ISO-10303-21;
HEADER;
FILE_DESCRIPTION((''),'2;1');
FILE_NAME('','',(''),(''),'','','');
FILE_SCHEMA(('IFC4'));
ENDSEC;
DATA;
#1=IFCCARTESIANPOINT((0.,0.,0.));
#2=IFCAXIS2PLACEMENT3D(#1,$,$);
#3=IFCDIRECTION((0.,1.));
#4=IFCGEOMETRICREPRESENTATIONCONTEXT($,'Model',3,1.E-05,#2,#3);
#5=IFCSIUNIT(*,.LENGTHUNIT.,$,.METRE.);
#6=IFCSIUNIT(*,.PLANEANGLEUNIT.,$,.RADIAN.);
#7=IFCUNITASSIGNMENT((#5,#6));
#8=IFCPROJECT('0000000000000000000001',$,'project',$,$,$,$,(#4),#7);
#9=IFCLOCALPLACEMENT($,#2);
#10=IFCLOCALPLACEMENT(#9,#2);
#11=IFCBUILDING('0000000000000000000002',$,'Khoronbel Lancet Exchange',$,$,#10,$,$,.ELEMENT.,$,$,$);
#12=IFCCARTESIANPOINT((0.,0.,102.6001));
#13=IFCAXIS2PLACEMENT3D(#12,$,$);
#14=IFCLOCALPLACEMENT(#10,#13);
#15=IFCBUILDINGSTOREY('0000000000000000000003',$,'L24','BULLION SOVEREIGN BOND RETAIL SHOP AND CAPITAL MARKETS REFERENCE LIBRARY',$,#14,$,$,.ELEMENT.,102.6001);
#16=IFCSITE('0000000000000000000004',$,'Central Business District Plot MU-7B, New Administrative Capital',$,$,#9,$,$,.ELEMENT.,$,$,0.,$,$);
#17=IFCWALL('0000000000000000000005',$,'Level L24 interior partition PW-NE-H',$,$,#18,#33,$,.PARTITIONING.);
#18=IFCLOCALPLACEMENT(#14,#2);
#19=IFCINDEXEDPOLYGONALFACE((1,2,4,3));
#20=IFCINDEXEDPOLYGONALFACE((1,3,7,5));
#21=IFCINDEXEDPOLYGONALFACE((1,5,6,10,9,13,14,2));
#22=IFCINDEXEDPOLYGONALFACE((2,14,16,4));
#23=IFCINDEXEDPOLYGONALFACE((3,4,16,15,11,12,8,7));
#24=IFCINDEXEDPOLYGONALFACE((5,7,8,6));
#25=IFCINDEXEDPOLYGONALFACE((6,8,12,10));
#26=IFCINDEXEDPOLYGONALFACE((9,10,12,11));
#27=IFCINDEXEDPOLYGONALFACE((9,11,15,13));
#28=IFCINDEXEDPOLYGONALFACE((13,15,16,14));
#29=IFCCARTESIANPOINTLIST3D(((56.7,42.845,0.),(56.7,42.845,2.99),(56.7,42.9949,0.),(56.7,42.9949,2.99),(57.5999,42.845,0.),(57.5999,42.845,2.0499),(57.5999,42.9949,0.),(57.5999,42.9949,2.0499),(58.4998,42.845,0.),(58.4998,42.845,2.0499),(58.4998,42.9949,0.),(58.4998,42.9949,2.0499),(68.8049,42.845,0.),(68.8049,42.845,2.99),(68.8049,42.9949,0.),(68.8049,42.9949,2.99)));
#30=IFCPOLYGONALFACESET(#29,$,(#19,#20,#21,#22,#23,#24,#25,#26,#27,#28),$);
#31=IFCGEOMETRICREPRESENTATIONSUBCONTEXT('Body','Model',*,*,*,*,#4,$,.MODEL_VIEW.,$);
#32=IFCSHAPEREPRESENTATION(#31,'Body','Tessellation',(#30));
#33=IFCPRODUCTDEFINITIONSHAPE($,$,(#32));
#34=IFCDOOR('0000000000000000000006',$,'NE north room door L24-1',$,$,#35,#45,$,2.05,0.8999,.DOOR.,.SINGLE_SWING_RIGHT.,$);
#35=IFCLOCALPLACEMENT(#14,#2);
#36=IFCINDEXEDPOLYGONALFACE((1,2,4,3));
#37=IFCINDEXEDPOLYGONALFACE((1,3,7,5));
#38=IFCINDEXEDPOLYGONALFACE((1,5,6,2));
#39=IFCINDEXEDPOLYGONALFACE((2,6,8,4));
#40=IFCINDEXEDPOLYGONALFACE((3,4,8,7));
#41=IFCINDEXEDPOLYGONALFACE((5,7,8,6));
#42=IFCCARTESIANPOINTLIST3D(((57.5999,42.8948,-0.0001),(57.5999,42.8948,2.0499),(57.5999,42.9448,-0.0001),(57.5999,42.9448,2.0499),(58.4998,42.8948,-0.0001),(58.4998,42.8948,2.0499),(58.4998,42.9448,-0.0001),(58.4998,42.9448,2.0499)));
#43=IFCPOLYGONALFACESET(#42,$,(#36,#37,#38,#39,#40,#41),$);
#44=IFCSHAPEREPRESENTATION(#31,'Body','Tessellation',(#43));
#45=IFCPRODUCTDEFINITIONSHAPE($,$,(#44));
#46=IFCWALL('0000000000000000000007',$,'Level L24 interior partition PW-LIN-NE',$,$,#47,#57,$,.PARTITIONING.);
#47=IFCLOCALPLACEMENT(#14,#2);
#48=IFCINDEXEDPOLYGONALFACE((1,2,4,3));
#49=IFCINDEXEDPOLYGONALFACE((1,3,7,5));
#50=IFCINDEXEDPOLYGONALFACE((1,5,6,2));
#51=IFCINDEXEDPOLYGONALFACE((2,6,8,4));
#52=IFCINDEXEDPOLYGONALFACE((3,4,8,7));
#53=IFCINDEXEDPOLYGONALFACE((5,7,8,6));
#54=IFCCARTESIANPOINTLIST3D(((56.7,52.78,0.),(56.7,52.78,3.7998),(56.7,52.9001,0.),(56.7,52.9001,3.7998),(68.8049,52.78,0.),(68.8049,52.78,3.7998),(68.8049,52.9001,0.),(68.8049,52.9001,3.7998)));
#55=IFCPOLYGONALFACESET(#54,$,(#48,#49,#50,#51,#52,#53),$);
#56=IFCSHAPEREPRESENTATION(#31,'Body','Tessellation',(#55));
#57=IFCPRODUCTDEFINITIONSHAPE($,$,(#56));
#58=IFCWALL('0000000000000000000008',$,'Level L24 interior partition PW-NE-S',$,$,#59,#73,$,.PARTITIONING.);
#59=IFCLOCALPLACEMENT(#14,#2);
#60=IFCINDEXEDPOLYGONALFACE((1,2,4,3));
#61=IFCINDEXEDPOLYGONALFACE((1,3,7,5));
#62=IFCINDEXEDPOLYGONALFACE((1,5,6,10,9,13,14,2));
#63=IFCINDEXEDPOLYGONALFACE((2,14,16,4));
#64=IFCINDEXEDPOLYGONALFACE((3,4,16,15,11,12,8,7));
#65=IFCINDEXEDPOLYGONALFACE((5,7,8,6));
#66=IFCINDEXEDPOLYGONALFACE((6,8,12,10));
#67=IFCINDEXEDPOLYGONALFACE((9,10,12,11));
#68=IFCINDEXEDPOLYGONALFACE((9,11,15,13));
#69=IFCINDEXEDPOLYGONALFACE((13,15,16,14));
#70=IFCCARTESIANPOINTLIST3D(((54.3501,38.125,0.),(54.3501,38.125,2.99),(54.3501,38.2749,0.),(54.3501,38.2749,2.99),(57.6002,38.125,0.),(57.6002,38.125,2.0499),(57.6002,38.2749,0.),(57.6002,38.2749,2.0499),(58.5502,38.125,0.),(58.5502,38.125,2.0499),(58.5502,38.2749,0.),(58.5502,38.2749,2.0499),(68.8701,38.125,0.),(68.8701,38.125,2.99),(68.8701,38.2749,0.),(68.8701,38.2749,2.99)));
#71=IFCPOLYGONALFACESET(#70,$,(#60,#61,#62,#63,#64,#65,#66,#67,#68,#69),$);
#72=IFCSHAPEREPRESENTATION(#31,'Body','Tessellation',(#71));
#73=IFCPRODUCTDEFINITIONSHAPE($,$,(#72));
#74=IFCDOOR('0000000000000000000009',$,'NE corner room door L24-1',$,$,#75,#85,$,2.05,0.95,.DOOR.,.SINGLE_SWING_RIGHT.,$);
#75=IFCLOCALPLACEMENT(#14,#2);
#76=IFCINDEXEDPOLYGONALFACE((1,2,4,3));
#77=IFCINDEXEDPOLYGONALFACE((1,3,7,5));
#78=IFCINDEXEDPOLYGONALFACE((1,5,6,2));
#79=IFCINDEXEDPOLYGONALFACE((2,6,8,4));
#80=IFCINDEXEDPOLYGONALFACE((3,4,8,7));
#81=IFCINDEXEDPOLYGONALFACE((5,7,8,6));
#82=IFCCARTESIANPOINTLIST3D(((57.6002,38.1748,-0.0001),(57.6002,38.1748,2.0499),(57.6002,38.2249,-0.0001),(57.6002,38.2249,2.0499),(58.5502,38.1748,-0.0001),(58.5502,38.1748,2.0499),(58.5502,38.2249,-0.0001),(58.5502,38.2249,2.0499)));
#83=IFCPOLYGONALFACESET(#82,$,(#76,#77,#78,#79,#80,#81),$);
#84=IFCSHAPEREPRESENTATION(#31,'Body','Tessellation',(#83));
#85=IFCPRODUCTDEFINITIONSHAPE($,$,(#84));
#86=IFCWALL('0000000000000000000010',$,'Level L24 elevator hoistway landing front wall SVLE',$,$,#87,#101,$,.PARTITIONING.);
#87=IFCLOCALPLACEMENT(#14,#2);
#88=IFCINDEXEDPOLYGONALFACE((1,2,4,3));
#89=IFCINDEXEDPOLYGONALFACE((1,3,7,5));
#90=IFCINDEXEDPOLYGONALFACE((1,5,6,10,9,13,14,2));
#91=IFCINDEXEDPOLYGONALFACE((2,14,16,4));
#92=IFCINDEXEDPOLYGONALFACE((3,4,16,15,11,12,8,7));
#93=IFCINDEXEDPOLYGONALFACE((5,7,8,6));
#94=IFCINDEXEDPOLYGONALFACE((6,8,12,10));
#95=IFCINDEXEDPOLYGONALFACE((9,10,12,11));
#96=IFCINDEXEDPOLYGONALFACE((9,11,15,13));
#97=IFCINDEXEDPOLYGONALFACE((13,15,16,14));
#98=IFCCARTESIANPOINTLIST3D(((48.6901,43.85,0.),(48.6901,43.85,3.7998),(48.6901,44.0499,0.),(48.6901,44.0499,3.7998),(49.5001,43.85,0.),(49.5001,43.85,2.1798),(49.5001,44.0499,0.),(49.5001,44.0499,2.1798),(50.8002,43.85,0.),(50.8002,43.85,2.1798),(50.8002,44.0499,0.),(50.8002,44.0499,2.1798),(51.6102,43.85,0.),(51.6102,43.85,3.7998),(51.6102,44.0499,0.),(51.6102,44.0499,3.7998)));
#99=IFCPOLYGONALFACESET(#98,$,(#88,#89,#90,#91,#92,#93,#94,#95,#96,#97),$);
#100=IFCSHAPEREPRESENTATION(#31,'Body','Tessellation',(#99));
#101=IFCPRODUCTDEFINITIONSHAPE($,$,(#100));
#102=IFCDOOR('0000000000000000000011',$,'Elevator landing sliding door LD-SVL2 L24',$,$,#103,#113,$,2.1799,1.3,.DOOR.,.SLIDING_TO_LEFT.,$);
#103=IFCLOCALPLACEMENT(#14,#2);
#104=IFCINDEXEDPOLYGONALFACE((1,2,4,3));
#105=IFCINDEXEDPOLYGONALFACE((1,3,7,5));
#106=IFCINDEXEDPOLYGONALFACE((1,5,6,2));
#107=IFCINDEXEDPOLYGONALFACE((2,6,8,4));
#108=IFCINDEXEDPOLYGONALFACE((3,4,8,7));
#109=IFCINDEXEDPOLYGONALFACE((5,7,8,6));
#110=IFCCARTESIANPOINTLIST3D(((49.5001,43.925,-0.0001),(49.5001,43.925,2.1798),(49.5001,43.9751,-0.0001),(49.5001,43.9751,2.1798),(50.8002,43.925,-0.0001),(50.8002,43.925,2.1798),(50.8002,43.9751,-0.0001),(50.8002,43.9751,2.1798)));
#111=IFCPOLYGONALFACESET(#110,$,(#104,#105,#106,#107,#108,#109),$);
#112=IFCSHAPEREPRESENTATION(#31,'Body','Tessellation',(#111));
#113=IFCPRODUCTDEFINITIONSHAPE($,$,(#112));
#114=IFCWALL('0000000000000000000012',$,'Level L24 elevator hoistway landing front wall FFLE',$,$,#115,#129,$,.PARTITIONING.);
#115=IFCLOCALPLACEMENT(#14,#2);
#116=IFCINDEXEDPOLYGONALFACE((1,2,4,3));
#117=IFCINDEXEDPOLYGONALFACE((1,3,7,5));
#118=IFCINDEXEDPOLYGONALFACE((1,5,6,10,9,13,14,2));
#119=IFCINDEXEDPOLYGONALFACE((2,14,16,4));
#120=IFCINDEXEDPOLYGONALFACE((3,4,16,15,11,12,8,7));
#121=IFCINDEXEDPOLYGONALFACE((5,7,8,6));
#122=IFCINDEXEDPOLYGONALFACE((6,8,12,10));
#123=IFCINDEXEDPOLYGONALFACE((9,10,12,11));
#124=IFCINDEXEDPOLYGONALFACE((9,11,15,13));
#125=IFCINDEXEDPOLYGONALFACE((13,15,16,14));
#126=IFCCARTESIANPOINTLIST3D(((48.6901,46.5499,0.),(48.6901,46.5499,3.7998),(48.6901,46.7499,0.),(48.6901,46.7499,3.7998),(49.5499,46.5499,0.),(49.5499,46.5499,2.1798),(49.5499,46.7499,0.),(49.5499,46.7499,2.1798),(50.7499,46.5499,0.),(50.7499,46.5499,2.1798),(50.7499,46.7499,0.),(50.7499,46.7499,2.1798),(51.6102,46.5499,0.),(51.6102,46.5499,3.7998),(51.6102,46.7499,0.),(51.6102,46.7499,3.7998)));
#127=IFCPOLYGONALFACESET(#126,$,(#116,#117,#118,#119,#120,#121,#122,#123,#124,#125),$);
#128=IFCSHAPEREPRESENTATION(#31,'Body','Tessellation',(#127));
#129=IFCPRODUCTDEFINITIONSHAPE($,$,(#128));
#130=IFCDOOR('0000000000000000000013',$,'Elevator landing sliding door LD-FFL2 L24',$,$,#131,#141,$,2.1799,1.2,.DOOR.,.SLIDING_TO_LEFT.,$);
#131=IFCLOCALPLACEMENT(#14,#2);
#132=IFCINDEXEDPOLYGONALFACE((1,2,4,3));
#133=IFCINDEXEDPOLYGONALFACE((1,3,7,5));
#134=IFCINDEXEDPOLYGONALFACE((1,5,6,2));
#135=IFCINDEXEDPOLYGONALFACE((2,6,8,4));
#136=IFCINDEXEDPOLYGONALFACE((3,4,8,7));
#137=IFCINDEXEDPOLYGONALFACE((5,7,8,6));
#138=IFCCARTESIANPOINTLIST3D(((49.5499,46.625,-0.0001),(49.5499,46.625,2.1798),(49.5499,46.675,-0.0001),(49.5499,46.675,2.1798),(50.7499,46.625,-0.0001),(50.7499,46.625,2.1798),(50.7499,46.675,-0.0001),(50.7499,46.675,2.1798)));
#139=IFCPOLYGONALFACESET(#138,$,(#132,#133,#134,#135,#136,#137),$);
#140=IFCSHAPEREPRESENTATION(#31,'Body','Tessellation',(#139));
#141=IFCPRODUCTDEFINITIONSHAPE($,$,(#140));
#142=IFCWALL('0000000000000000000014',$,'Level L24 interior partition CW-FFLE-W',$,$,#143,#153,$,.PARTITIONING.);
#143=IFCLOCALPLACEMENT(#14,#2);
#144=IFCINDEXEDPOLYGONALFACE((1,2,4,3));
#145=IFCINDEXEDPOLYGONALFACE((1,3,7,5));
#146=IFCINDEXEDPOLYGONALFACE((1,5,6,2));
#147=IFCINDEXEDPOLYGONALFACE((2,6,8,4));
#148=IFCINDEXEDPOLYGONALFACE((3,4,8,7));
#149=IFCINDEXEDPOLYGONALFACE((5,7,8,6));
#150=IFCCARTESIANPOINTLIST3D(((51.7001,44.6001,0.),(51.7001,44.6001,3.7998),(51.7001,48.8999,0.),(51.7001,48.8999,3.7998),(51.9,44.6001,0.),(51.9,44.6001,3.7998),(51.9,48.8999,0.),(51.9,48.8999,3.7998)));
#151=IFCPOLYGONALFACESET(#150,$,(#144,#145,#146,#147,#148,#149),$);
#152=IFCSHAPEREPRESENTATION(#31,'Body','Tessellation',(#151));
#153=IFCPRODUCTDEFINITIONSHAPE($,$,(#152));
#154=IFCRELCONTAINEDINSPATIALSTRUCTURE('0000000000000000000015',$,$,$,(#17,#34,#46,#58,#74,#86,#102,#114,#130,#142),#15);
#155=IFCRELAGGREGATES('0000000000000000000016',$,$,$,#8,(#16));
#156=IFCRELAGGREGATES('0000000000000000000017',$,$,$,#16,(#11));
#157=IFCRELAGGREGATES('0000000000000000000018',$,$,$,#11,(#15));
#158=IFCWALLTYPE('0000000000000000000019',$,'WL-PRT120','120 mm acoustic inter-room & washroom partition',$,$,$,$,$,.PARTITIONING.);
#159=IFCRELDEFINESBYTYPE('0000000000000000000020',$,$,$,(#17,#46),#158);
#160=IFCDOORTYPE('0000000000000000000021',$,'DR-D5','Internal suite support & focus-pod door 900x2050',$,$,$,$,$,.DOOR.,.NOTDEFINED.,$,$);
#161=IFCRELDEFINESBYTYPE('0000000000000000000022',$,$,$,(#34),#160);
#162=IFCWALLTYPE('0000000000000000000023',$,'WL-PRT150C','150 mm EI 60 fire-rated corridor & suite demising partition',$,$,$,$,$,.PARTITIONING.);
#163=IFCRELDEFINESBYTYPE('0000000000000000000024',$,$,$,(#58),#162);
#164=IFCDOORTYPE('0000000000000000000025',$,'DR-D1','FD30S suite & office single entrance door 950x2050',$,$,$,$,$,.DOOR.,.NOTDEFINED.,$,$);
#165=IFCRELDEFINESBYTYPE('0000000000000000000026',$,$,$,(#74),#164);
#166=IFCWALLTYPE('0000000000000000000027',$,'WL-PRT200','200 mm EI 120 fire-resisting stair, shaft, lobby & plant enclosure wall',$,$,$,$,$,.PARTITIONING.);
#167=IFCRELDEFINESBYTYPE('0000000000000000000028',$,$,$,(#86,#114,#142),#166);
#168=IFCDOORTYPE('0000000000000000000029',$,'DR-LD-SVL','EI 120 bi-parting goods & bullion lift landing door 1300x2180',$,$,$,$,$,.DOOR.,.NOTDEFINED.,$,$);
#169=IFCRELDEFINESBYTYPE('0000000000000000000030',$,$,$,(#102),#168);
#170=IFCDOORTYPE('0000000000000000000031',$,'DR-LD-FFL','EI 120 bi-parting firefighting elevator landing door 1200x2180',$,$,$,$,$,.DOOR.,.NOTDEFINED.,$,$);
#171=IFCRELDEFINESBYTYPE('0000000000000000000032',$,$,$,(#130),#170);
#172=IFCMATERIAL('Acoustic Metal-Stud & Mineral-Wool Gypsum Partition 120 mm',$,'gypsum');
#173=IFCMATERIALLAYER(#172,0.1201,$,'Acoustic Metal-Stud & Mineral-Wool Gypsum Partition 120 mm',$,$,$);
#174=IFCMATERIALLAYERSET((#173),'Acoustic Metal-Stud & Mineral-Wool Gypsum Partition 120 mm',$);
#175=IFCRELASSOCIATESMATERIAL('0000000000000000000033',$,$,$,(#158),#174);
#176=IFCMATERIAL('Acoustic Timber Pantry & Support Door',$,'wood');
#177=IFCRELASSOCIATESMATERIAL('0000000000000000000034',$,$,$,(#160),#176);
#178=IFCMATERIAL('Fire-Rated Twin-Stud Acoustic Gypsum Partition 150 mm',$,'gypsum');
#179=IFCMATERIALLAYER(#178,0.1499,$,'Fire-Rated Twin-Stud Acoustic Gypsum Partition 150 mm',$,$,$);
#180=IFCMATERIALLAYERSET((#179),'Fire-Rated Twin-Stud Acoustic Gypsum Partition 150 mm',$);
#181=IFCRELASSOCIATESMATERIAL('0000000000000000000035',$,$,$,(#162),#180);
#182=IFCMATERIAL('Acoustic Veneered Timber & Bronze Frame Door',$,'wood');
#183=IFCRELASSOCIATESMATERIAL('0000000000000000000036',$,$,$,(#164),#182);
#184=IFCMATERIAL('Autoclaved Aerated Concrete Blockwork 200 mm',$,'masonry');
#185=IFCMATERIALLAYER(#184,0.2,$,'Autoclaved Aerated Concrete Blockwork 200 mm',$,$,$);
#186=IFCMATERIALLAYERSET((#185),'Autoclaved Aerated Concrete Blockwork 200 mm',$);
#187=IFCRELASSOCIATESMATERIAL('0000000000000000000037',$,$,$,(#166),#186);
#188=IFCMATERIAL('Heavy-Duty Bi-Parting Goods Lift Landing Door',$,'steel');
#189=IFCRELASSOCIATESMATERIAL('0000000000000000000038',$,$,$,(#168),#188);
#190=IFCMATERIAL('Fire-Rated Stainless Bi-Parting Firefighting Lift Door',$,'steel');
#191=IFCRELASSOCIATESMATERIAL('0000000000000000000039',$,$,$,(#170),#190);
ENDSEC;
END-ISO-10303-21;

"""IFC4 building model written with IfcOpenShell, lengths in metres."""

from ifc_helpers import new_model, si_unit, direction, frame, frame_2d, origin, place, context, subcontext, project, spatial, rectangle, extrude, material, layer, layer_set, type_object, element, fill, save


model = new_model("IFC4")

# Units and contexts
model_context = context("Model", 3, precision=1e-05, world=origin(), true_north=direction((0.0, 1.0)))
body_context = subcontext(model_context, "Body", "Model", "MODEL_VIEW")
ifc_project = project(units=[si_unit("LENGTHUNIT", "METRE"), si_unit("PLANEANGLEUNIT", "RADIAN")], contexts=[model_context])

# Site, building, storey
site_placement = place(None, origin())
site = spatial("IfcSite", under=ifc_project, at=site_placement, Name="Central Business District Plot MU-7B, New Administrative Capital", CompositionType="ELEMENT", RefElevation=0.0)
building_placement = place(site_placement, origin())
building = spatial("IfcBuilding", under=site, at=building_placement, Name="Khoronbel Lancet Exchange", CompositionType="ELEMENT")
storey_placement = place(building_placement, frame((0.0, 0.0, 102.6001)))
storey = spatial("IfcBuildingStorey", under=building, at=storey_placement, Name="L24", Description="BULLION SOVEREIGN BOND RETAIL SHOP AND CAPITAL MARKETS REFERENCE LIBRARY", CompositionType="ELEMENT", Elevation=102.6001)

# Shared definitions
ifc_material_1 = material(Name="Acoustic Metal-Stud & Mineral-Wool Gypsum Partition 120 mm", Category="gypsum")
ifc_layer_1 = layer(ifc_material_1, 0.1201, Name="Acoustic Metal-Stud & Mineral-Wool Gypsum Partition 120 mm")
ifc_layer_set_1 = layer_set([ifc_layer_1], Name="Acoustic Metal-Stud & Mineral-Wool Gypsum Partition 120 mm")
wall_type_1 = type_object("IfcWallType", Name="WL-PRT120", Description="120 mm acoustic inter-room & washroom partition", PredefinedType="PARTITIONING", material=ifc_layer_set_1)

# Wall, opening, door
wall_1_placement = place(storey_placement, frame((56.7, 42.9199, 0.0), z_axis=(0.0, 0.0, 1.0), x_axis=(1.0, 0.0, 0.0)))
wall_1 = element("IfcWall", 1, at=wall_1_placement, inside=storey, type_object=wall_type_1, Name="Level L24 interior partition PW-NE-H", PredefinedType="PARTITIONING", context=body_context, shape_type="SweptSolid", body=[
    extrude(rectangle(XDim=12.105, YDim=0.1499, at=frame_2d((6.0525, 0.0))), origin(), (0.0, 0.0, 1.0), 2.99),
])
opening_1_placement = place(wall_1_placement, frame((0.8999, 0.0, 0.0)))
opening_1 = element("IfcOpeningElement", 2, at=opening_1_placement, cuts=wall_1, PredefinedType="OPENING", context=body_context, shape_type="SweptSolid", body=[
    extrude(rectangle(XDim=0.8999, YDim=2.05, at=frame_2d((0.45, 1.0249))), frame((0.0, 0.085, 0.0), z_axis=(0.0, -1.0, 0.0), x_axis=(1.0, 0.0, 0.0)), (0.0, 0.0, 1.0), 0.1699),
])
ifc_material_2 = material(Name="Acoustic Timber Pantry & Support Door", Category="wood")
door_type_1 = type_object("IfcDoorType", Name="DR-D5", Description="Internal suite support & focus-pod door 900x2050", OperationType="NOTDEFINED", PredefinedType="DOOR", material=ifc_material_2)
door_1_placement = place(opening_1_placement, origin())
door_1 = element("IfcDoor", 3, at=door_1_placement, inside=storey, type_object=door_type_1, Name="NE north room door L24-1", OperationType="SINGLE_SWING_RIGHT", OverallHeight=2.05, OverallWidth=0.8999, PredefinedType="DOOR", context=body_context, shape_type="SweptSolid", body=[
    extrude(rectangle(XDim=0.8999, YDim=2.05, at=frame_2d((0.45, 1.0249))), frame((0.0, 0.0249, 0.0), z_axis=(0.0, -1.0, 0.0), x_axis=(1.0, 0.0, 0.0)), (0.0, 0.0, 1.0), 0.05),
])
fill(opening_1, door_1)

# Wall
wall_2_placement = place(storey_placement, frame((56.7, 52.8401, 0.0), z_axis=(0.0, 0.0, 1.0), x_axis=(1.0, 0.0, 0.0)))
element("IfcWall", 4, at=wall_2_placement, inside=storey, type_object=wall_type_1, Name="Level L24 interior partition PW-LIN-NE", PredefinedType="PARTITIONING", context=body_context, shape_type="SweptSolid", body=[
    extrude(rectangle(XDim=12.105, YDim=0.1201, at=frame_2d((6.0525, 0.0))), origin(), (0.0, 0.0, 1.0), 3.7998),
])

# Walls, openings, doors
ifc_material_3 = material(Name="Fire-Rated Twin-Stud Acoustic Gypsum Partition 150 mm", Category="gypsum")
ifc_layer_2 = layer(ifc_material_3, 0.1499, Name="Fire-Rated Twin-Stud Acoustic Gypsum Partition 150 mm")
ifc_layer_set_2 = layer_set([ifc_layer_2], Name="Fire-Rated Twin-Stud Acoustic Gypsum Partition 150 mm")
wall_type_2 = type_object("IfcWallType", Name="WL-PRT150C", Description="150 mm EI 60 fire-rated corridor & suite demising partition", PredefinedType="PARTITIONING", material=ifc_layer_set_2)
wall_3_placement = place(storey_placement, frame((54.3501, 38.2, 0.0), z_axis=(0.0, 0.0, 1.0), x_axis=(1.0, 0.0, 0.0)))
wall_3 = element("IfcWall", 5, at=wall_3_placement, inside=storey, type_object=wall_type_2, Name="Level L24 interior partition PW-NE-S", PredefinedType="PARTITIONING", context=body_context, shape_type="SweptSolid", body=[
    extrude(rectangle(XDim=14.52, YDim=0.1499, at=frame_2d((7.26, 0.0))), origin(), (0.0, 0.0, 1.0), 2.99),
])
opening_2_placement = place(wall_3_placement, frame((3.25, 0.0, 0.0)))
opening_2 = element("IfcOpeningElement", 6, at=opening_2_placement, cuts=wall_3, PredefinedType="OPENING", context=body_context, shape_type="SweptSolid", body=[
    extrude(rectangle(XDim=0.95, YDim=2.05, at=frame_2d((0.4751, 1.0249))), frame((0.0, 0.085, 0.0), z_axis=(0.0, -1.0, 0.0), x_axis=(1.0, 0.0, 0.0)), (0.0, 0.0, 1.0), 0.1699),
])
ifc_material_4 = material(Name="Acoustic Veneered Timber & Bronze Frame Door", Category="wood")
door_type_2 = type_object("IfcDoorType", Name="DR-D1", Description="FD30S suite & office single entrance door 950x2050", OperationType="NOTDEFINED", PredefinedType="DOOR", material=ifc_material_4)
door_2_placement = place(opening_2_placement, origin())
door_2 = element("IfcDoor", 7, at=door_2_placement, inside=storey, type_object=door_type_2, Name="NE corner room door L24-1", OperationType="SINGLE_SWING_RIGHT", OverallHeight=2.05, OverallWidth=0.95, PredefinedType="DOOR", context=body_context, shape_type="SweptSolid", body=[
    extrude(rectangle(XDim=0.95, YDim=2.05, at=frame_2d((0.4751, 1.0249))), frame((0.0, 0.0249, 0.0), z_axis=(0.0, -1.0, 0.0), x_axis=(1.0, 0.0, 0.0)), (0.0, 0.0, 1.0), 0.05),
])
fill(opening_2, door_2)
ifc_material_5 = material(Name="Autoclaved Aerated Concrete Blockwork 200 mm", Category="masonry")
ifc_layer_3 = layer(ifc_material_5, 0.2, Name="Autoclaved Aerated Concrete Blockwork 200 mm")
ifc_layer_set_3 = layer_set([ifc_layer_3], Name="Autoclaved Aerated Concrete Blockwork 200 mm")
wall_type_3 = type_object("IfcWallType", Name="WL-PRT200", Description="200 mm EI 120 fire-resisting stair, shaft, lobby & plant enclosure wall", PredefinedType="PARTITIONING", material=ifc_layer_set_3)
wall_4_placement = place(storey_placement, frame((51.6101, 43.95, 0.0), z_axis=(0.0, 0.0, 1.0), x_axis=(-1.0, 0.0, 0.0)))
wall_4 = element("IfcWall", 8, at=wall_4_placement, inside=storey, type_object=wall_type_3, Name="Level L24 elevator hoistway landing front wall SVLE", PredefinedType="PARTITIONING", context=body_context, shape_type="SweptSolid", body=[
    extrude(rectangle(XDim=2.9202, YDim=0.2, at=frame_2d((1.46, 0.0))), origin(), (0.0, 0.0, 1.0), 3.7998),
])
opening_3_placement = place(wall_4_placement, frame((0.8101, 0.0, 0.0)))
opening_3 = element("IfcOpeningElement", 9, at=opening_3_placement, cuts=wall_4, PredefinedType="OPENING", context=body_context, shape_type="SweptSolid", body=[
    extrude(rectangle(XDim=1.3, YDim=2.1799, at=frame_2d((0.6499, 1.0898))), frame((0.0, 0.1099, 0.0), z_axis=(0.0, -1.0, 0.0), x_axis=(1.0, 0.0, 0.0)), (0.0, 0.0, 1.0), 0.22),
])
ifc_material_6 = material(Name="Heavy-Duty Bi-Parting Goods Lift Landing Door", Category="steel")
door_type_3 = type_object("IfcDoorType", Name="DR-LD-SVL", Description="EI 120 bi-parting goods & bullion lift landing door 1300x2180", OperationType="NOTDEFINED", PredefinedType="DOOR", material=ifc_material_6)
door_3_placement = place(opening_3_placement, origin())
door_3 = element("IfcDoor", 10, at=door_3_placement, inside=storey, type_object=door_type_3, Name="Elevator landing sliding door LD-SVL2 L24", OperationType="SLIDING_TO_LEFT", OverallHeight=2.1799, OverallWidth=1.3, PredefinedType="DOOR", context=body_context, shape_type="SweptSolid", body=[
    extrude(rectangle(XDim=1.3, YDim=2.1799, at=frame_2d((0.6499, 1.0898))), frame((0.0, 0.0249, 0.0), z_axis=(0.0, -1.0, 0.0), x_axis=(1.0, 0.0, 0.0)), (0.0, 0.0, 1.0), 0.05),
])
fill(opening_3, door_3)
wall_5_placement = place(storey_placement, frame((51.6101, 46.6499, 0.0), z_axis=(0.0, 0.0, 1.0), x_axis=(-1.0, 0.0, 0.0)))
wall_5 = element("IfcWall", 11, at=wall_5_placement, inside=storey, type_object=wall_type_3, Name="Level L24 elevator hoistway landing front wall FFLE", PredefinedType="PARTITIONING", context=body_context, shape_type="SweptSolid", body=[
    extrude(rectangle(XDim=2.9202, YDim=0.2, at=frame_2d((1.46, 0.0))), origin(), (0.0, 0.0, 1.0), 3.7998),
])
opening_4_placement = place(wall_5_placement, frame((0.8601, 0.0, 0.0)))
opening_4 = element("IfcOpeningElement", 12, at=opening_4_placement, cuts=wall_5, PredefinedType="OPENING", context=body_context, shape_type="SweptSolid", body=[
    extrude(rectangle(XDim=1.2, YDim=2.1799, at=frame_2d((0.6001, 1.0898))), frame((0.0, 0.1099, 0.0), z_axis=(0.0, -1.0, 0.0), x_axis=(1.0, 0.0, 0.0)), (0.0, 0.0, 1.0), 0.22),
])
ifc_material_7 = material(Name="Fire-Rated Stainless Bi-Parting Firefighting Lift Door", Category="steel")
door_type_4 = type_object("IfcDoorType", Name="DR-LD-FFL", Description="EI 120 bi-parting firefighting elevator landing door 1200x2180", OperationType="NOTDEFINED", PredefinedType="DOOR", material=ifc_material_7)
door_4_placement = place(opening_4_placement, origin())
door_4 = element("IfcDoor", 13, at=door_4_placement, inside=storey, type_object=door_type_4, Name="Elevator landing sliding door LD-FFL2 L24", OperationType="SLIDING_TO_LEFT", OverallHeight=2.1799, OverallWidth=1.2, PredefinedType="DOOR", context=body_context, shape_type="SweptSolid", body=[
    extrude(rectangle(XDim=1.2, YDim=2.1799, at=frame_2d((0.6001, 1.0898))), frame((0.0, 0.0249, 0.0), z_axis=(0.0, -1.0, 0.0), x_axis=(1.0, 0.0, 0.0)), (0.0, 0.0, 1.0), 0.05),
])
fill(opening_4, door_4)

# Wall
wall_6_placement = place(storey_placement, frame((51.8, 44.6001, 0.0), z_axis=(0.0, 0.0, 1.0), x_axis=(0.0, 1.0, 0.0)))
element("IfcWall", 14, at=wall_6_placement, inside=storey, type_object=wall_type_3, Name="Level L24 interior partition CW-FFLE-W", PredefinedType="PARTITIONING", context=body_context, shape_type="SweptSolid", body=[
    extrude(rectangle(XDim=4.2998, YDim=0.2, at=frame_2d((2.1499, 0.0))), origin(), (0.0, 0.0, 1.0), 3.7998),
])

save(model, "model.ifc")
